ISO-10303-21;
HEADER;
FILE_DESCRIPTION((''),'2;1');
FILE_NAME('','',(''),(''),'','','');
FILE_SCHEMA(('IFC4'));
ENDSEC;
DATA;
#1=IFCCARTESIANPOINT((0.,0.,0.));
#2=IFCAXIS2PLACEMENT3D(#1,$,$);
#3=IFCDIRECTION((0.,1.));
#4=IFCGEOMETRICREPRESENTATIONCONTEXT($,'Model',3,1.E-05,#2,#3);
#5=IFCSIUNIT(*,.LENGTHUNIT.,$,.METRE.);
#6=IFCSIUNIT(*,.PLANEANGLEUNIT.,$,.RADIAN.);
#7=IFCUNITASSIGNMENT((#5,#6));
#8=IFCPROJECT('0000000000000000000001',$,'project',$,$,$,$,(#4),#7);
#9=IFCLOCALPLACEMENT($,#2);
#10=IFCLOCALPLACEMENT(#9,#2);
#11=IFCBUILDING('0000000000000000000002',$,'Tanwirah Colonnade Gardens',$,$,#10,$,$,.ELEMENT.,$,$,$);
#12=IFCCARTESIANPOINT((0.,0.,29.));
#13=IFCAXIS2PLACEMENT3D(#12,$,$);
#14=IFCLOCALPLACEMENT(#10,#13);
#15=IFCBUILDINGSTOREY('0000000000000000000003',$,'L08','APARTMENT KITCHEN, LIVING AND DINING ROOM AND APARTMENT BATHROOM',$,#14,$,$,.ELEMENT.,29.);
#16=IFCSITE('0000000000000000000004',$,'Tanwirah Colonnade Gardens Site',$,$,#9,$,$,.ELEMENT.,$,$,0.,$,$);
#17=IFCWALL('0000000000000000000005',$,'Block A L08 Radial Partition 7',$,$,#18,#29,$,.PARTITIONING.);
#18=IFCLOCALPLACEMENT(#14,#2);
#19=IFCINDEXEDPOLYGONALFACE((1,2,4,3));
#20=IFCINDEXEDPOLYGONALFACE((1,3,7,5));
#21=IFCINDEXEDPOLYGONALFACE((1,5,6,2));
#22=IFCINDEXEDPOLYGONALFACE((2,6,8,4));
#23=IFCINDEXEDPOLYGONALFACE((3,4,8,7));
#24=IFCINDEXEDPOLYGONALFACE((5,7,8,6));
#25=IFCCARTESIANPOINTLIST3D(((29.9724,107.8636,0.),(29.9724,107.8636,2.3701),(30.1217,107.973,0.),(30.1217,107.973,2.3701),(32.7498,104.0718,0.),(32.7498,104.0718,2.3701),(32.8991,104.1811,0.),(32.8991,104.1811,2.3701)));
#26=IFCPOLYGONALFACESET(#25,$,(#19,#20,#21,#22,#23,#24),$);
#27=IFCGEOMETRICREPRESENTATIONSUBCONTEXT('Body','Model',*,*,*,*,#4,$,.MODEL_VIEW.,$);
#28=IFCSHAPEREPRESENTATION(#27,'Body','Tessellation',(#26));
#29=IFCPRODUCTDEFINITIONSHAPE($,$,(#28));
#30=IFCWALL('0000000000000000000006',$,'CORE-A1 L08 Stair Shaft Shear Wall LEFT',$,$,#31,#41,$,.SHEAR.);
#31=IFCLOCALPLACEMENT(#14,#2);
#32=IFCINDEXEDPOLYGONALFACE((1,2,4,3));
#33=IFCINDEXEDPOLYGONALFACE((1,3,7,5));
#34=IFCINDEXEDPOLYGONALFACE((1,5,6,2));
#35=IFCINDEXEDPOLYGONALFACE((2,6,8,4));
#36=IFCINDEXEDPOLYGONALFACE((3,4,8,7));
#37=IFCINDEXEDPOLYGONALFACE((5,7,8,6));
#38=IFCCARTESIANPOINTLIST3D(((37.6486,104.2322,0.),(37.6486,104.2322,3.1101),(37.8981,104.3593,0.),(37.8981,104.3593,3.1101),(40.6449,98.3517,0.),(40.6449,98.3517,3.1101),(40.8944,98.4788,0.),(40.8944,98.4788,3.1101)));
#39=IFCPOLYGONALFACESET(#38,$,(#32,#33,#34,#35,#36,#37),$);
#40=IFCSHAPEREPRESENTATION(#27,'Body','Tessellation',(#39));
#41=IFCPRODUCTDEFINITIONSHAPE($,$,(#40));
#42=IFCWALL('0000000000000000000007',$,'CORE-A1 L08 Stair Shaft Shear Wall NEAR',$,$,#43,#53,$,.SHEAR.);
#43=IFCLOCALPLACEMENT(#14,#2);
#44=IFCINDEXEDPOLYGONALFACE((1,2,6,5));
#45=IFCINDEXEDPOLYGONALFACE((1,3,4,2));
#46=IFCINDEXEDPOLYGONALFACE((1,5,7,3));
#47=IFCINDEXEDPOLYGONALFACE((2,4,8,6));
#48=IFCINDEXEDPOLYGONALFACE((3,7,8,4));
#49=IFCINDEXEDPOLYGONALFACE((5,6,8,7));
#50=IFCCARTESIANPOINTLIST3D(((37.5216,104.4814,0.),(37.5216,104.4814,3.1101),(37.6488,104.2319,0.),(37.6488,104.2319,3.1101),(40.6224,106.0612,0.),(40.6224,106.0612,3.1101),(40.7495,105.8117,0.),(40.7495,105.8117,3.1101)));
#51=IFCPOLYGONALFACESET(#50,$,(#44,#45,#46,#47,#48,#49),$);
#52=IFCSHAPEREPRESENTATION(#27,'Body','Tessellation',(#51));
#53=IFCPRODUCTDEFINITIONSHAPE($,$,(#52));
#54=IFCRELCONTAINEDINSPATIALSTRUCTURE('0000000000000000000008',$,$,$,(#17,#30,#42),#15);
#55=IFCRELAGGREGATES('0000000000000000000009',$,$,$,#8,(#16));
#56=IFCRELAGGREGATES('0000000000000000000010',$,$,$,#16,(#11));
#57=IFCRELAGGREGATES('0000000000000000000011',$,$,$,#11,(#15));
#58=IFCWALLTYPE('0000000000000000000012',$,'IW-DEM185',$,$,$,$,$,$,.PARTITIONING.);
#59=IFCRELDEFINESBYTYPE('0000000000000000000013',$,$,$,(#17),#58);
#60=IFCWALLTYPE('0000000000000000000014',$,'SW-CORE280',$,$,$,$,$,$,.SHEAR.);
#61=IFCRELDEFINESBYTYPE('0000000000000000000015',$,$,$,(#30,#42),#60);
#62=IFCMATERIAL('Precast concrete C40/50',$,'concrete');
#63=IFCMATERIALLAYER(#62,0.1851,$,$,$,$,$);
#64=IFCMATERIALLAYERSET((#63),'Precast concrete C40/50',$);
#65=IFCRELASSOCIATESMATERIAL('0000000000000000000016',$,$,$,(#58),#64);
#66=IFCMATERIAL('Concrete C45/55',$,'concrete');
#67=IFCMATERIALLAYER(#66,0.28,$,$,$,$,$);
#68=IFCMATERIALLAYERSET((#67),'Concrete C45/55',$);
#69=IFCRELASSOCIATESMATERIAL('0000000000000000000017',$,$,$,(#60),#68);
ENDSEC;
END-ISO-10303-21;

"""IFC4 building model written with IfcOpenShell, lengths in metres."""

from ifc_helpers import new_model, si_unit, direction, frame, frame_2d, origin, place, context, subcontext, project, spatial, rectangle, extrude, material, layer, layer_set, type_object, element, save


model = new_model("IFC4")

# Units and contexts
model_context = context("Model", 3, precision=1e-05, world=origin(), true_north=direction((0.0, 1.0)))
body_context = subcontext(model_context, "Body", "Model", "MODEL_VIEW")
ifc_project = project(units=[si_unit("LENGTHUNIT", "METRE"), si_unit("PLANEANGLEUNIT", "RADIAN")], contexts=[model_context])

# Site, building, storey
site_placement = place(None, origin())
site = spatial("IfcSite", under=ifc_project, at=site_placement, Name="Tanwirah Colonnade Gardens Site", CompositionType="ELEMENT", RefElevation=0.0)
building_placement = place(site_placement, origin())
building = spatial("IfcBuilding", under=site, at=building_placement, Name="Tanwirah Colonnade Gardens", CompositionType="ELEMENT")
storey_placement = place(building_placement, frame((0.0, 0.0, 29.0)))
storey = spatial("IfcBuildingStorey", under=building, at=storey_placement, Name="L08", Description="APARTMENT KITCHEN, LIVING AND DINING ROOM AND APARTMENT BATHROOM", CompositionType="ELEMENT", Elevation=29.0)

# Shared definitions
ifc_material_1 = material(Name="Precast concrete C40/50", Category="concrete")

# Wall
ifc_layer_1 = layer(ifc_material_1, 0.1851)
ifc_layer_set_1 = layer_set([ifc_layer_1], Name="Precast concrete C40/50")
wall_type_1 = type_object("IfcWallType", Name="IW-DEM185", PredefinedType="PARTITIONING", material=ifc_layer_set_1)
wall_1_placement = place(storey_placement, frame((32.8245, 104.1265, 0.0), z_axis=(0.0, 0.0, 1.0), x_axis=(-0.590911, 0.806737, 0.0)))
element("IfcWall", 1, at=wall_1_placement, inside=storey, type_object=wall_type_1, Name="Block A L08 Radial Partition 7", PredefinedType="PARTITIONING", context=body_context, shape_type="SweptSolid", body=[
    extrude(rectangle(XDim=4.7002, YDim=0.1851, at=frame_2d((2.3501, 0.0))), origin(), (0.0, 0.0, 1.0), 2.3701),
])

# Walls
ifc_material_2 = material(Name="Concrete C45/55", Category="concrete")
ifc_layer_2 = layer(ifc_material_2, 0.28)
ifc_layer_set_2 = layer_set([ifc_layer_2], Name="Concrete C45/55")
wall_type_2 = type_object("IfcWallType", Name="SW-CORE280", PredefinedType="SHEAR", material=ifc_layer_set_2)
wall_2_placement = place(storey_placement, frame((37.7734, 104.2957, 0.0), z_axis=(0.0, 0.0, 1.0), x_axis=(0.453992, -0.891006, 0.0)))
element("IfcWall", 2, at=wall_2_placement, inside=storey, type_object=wall_type_2, Name="CORE-A1 L08 Stair Shaft Shear Wall LEFT", PredefinedType="SHEAR", context=body_context, shape_type="SweptSolid", body=[
    extrude(rectangle(XDim=6.5999, YDim=0.28, at=frame_2d((3.2998, 0.0))), origin(), (0.0, 0.0, 1.0), 3.1101),
])
wall_3_placement = place(storey_placement, frame((37.5852, 104.3567, 0.0), z_axis=(0.0, 0.0, 1.0), x_axis=(0.89102, 0.453964, 0.0)))
element("IfcWall", 3, at=wall_3_placement, inside=storey, type_object=wall_type_2, Name="CORE-A1 L08 Stair Shaft Shear Wall NEAR", PredefinedType="SHEAR", context=body_context, shape_type="SweptSolid", body=[
    extrude(rectangle(XDim=3.48, YDim=0.28, at=frame_2d((1.74, 0.0))), origin(), (0.0, 0.0, 1.0), 3.1101),
])

save(model, "model.ifc")
